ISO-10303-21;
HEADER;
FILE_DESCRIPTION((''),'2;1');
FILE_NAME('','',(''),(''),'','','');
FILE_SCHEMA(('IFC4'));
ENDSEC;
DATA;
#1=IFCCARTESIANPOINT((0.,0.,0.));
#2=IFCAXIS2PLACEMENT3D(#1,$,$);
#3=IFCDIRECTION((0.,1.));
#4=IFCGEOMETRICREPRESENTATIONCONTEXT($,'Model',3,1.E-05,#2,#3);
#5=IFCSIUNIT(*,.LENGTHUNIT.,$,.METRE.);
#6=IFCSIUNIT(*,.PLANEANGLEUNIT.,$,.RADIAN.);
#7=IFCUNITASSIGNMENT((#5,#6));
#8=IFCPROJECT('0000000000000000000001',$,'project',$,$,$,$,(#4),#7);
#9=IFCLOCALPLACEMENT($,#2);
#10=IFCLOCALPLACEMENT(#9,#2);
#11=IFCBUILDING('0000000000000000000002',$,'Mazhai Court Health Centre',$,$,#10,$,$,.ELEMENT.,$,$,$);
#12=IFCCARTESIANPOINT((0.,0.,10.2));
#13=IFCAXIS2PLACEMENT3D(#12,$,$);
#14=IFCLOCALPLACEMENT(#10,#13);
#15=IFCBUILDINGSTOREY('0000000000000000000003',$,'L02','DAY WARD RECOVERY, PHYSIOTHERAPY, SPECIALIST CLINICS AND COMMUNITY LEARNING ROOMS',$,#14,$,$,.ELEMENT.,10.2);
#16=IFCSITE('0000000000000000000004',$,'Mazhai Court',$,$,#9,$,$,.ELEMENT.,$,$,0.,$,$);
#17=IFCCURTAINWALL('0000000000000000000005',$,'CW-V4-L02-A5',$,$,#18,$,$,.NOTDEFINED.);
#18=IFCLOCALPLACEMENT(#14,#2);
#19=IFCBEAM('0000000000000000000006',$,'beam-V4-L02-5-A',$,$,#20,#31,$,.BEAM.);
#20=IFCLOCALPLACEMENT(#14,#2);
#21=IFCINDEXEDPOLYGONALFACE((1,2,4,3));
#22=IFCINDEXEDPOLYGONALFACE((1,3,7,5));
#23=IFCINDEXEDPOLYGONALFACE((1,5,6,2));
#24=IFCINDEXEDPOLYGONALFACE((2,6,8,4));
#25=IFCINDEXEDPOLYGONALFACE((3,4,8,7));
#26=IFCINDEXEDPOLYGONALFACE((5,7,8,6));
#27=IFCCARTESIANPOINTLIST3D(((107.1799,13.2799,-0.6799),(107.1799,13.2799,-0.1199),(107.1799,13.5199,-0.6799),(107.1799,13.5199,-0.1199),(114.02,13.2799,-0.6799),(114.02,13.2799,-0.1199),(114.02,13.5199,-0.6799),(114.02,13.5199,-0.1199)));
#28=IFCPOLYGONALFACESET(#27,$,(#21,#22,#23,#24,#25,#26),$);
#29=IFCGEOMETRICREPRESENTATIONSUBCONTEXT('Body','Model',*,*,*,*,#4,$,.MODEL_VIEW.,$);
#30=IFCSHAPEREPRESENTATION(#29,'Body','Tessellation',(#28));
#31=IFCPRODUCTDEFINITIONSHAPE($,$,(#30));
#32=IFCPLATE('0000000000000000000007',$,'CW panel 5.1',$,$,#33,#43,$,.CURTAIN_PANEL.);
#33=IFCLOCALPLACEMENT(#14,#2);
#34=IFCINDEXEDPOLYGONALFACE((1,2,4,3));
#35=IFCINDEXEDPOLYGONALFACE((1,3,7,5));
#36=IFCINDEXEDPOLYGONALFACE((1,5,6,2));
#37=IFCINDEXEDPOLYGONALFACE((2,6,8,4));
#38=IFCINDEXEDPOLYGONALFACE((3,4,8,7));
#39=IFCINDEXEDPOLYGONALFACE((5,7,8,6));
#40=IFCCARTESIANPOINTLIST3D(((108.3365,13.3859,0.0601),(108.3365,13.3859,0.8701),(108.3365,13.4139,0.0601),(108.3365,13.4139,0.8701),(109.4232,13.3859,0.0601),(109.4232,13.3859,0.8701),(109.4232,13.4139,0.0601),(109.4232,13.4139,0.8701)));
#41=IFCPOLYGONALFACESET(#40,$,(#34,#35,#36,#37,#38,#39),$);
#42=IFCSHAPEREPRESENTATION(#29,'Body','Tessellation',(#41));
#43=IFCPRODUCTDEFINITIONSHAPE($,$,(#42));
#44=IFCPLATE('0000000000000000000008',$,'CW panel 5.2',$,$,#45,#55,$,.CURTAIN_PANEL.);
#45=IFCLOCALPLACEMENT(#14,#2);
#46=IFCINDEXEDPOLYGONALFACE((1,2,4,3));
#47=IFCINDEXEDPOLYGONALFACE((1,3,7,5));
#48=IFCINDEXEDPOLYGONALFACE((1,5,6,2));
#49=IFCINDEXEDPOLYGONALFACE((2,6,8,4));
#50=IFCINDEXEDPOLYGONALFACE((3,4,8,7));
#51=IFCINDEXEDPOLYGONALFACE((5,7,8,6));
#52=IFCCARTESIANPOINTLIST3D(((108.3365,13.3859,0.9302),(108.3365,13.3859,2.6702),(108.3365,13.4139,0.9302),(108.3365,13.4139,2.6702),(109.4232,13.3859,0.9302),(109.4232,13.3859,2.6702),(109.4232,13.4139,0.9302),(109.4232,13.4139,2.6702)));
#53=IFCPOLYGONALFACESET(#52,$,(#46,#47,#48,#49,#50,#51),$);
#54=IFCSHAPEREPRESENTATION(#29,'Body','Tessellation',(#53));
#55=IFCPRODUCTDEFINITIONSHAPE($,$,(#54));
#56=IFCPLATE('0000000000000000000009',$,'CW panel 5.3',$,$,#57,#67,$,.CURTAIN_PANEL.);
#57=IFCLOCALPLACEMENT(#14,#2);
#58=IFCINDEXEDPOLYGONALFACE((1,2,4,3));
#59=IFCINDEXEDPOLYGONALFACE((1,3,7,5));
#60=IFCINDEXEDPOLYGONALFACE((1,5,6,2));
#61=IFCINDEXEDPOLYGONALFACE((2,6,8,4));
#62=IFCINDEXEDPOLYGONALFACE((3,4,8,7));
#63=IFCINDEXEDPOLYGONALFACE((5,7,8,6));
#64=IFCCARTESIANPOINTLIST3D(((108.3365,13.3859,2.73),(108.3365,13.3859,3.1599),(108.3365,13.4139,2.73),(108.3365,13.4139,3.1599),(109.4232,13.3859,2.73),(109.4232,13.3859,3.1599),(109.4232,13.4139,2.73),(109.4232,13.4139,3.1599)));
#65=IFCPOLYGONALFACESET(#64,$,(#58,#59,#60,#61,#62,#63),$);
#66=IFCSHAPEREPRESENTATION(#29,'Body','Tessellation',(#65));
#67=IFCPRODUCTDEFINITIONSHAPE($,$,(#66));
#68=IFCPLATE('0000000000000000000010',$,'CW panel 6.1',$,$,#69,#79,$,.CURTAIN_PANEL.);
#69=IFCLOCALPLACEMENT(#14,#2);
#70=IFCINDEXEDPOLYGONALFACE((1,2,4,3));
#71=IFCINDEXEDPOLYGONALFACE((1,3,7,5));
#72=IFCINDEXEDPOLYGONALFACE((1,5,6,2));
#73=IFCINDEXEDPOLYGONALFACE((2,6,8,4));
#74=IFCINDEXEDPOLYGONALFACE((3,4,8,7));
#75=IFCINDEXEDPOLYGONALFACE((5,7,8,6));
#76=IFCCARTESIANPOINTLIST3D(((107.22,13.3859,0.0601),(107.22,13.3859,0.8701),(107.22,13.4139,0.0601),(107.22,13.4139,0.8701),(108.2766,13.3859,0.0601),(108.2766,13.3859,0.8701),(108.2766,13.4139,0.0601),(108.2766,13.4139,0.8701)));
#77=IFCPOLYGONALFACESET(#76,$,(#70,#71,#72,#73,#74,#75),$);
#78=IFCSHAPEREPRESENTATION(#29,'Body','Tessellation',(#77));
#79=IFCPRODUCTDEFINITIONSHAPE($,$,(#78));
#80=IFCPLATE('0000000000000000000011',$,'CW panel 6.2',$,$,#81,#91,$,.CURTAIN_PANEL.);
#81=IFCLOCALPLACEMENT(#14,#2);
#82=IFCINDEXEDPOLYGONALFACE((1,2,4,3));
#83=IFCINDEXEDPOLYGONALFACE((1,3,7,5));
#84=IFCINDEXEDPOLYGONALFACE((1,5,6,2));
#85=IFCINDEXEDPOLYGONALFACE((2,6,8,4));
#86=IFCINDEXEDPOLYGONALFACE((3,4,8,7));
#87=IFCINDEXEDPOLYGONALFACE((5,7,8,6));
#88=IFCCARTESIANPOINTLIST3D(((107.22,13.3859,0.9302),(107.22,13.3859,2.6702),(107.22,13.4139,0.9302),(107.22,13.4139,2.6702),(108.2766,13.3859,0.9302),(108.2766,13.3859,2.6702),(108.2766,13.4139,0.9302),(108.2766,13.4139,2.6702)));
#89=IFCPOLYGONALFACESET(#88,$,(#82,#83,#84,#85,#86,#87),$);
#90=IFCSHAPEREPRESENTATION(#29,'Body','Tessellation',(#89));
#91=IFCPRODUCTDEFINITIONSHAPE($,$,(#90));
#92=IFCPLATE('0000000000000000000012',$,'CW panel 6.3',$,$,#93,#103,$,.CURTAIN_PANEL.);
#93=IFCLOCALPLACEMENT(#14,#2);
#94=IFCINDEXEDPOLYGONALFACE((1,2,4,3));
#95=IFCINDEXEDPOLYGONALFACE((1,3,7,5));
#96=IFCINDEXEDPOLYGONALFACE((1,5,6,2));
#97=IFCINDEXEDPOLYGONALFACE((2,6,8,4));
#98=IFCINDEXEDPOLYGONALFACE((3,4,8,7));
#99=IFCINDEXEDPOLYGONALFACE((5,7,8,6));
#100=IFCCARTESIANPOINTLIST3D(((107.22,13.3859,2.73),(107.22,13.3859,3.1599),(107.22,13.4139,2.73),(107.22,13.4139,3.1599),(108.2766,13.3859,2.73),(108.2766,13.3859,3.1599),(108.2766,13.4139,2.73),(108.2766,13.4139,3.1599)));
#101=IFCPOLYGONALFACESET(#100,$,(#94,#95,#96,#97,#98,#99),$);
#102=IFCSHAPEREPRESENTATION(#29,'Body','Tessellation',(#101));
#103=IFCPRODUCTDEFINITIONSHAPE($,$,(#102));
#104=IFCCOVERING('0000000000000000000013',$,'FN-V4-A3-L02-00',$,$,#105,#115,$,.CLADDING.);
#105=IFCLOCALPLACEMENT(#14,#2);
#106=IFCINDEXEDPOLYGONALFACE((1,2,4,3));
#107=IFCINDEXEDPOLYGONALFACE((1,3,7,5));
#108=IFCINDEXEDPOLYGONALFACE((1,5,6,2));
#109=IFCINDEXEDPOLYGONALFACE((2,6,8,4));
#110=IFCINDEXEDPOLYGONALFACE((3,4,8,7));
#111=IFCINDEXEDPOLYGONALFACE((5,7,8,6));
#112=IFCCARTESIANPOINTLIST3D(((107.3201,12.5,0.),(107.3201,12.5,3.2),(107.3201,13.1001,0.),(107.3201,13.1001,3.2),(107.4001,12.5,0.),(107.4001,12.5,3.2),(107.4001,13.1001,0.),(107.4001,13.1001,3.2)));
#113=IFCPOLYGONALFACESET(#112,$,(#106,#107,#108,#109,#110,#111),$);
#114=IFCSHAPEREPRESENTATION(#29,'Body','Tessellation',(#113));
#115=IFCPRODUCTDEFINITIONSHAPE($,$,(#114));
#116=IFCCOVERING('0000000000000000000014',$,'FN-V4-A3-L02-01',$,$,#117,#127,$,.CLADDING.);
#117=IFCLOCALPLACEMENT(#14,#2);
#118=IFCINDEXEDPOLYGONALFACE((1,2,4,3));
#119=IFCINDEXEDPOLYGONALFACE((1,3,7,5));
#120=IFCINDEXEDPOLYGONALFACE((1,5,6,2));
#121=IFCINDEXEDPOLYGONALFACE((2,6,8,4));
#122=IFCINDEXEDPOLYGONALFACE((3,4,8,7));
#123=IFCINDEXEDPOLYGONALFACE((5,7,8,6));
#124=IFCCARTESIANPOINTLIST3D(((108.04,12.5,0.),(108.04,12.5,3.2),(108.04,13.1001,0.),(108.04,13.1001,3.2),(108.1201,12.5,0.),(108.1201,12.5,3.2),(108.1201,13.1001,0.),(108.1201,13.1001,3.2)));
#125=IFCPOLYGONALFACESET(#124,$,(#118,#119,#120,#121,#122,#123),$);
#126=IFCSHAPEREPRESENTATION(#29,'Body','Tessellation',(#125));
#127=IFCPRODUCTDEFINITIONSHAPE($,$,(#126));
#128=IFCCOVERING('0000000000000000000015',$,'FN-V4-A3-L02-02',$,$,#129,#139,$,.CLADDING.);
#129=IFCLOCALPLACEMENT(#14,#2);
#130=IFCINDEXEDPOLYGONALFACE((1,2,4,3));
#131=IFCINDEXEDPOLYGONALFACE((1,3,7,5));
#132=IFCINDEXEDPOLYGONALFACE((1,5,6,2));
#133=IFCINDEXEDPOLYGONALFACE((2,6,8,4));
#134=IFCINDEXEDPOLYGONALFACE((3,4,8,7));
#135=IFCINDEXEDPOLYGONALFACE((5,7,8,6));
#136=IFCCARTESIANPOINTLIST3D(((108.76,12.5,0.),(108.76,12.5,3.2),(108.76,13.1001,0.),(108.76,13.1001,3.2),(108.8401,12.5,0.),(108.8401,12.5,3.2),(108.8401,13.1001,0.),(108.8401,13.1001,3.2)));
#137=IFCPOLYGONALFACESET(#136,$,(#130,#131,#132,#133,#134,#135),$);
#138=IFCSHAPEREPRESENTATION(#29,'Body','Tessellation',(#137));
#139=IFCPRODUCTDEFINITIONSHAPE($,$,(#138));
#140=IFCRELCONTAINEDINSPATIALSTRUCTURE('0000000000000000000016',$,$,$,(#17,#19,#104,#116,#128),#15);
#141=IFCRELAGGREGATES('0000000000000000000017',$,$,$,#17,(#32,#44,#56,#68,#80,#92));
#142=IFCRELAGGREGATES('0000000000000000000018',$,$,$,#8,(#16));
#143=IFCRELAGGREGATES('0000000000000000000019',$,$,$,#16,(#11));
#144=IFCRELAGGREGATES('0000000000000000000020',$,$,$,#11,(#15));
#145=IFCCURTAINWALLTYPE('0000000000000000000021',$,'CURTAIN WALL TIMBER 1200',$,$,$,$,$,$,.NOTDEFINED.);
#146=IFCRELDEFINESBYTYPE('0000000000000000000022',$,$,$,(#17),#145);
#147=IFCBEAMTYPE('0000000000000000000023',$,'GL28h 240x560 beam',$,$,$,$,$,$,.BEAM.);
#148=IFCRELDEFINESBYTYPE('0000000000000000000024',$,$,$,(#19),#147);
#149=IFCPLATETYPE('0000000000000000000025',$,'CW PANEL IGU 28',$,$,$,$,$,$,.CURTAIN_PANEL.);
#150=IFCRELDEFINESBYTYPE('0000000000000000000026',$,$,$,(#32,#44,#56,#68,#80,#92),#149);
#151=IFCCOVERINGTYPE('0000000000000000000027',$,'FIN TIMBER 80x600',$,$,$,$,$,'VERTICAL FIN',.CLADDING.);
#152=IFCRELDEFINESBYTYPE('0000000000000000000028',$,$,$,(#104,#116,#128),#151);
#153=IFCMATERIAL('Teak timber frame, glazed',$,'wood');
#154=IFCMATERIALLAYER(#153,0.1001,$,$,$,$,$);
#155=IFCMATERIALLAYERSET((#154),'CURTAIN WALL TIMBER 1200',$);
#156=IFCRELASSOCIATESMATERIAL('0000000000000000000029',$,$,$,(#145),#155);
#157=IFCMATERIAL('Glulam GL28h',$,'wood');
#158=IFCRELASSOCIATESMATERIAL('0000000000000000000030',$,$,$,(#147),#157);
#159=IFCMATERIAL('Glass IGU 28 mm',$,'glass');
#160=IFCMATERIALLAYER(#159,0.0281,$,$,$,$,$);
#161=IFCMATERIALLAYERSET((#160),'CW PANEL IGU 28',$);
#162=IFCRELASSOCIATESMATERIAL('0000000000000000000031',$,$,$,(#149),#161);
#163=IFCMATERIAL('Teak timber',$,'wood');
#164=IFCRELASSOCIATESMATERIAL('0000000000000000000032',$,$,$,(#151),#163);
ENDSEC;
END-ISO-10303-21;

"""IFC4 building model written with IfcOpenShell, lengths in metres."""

from ifc_helpers import new_model, si_unit, direction, frame, origin, origin_2d, place, context, subcontext, project, spatial, rectangle, extrude, material, layer, layer_set, material_profile, profile_set, type_object, element, aggregate, save


model = new_model("IFC4")

# Units and contexts
model_context = context("Model", 3, precision=1e-05, world=origin(), true_north=direction((0.0, 1.0)))
body_context = subcontext(model_context, "Body", "Model", "MODEL_VIEW")
ifc_project = project(units=[si_unit("LENGTHUNIT", "METRE"), si_unit("PLANEANGLEUNIT", "RADIAN")], contexts=[model_context])

# Site, building, storey
site_placement = place(None, origin())
site = spatial("IfcSite", under=ifc_project, at=site_placement, Name="Mazhai Court", CompositionType="ELEMENT", RefElevation=0.0)
building_placement = place(site_placement, origin())
building = spatial("IfcBuilding", under=site, at=building_placement, Name="Mazhai Court Health Centre", CompositionType="ELEMENT")
storey_placement = place(building_placement, frame((0.0, 0.0, 10.2)))
storey = spatial("IfcBuildingStorey", under=building, at=storey_placement, Name="L02", Description="DAY WARD RECOVERY, PHYSIOTHERAPY, SPECIALIST CLINICS AND COMMUNITY LEARNING ROOMS", CompositionType="ELEMENT", Elevation=10.2)

# Curtain wall
ifc_material_1 = material(Name="Teak timber frame, glazed", Category="wood")
ifc_layer_1 = layer(ifc_material_1, 0.1001)
ifc_layer_set_1 = layer_set([ifc_layer_1], Name="CURTAIN WALL TIMBER 1200")
curtain_wall_type = type_object("IfcCurtainWallType", Name="CURTAIN WALL TIMBER 1200", PredefinedType="NOTDEFINED", material=ifc_layer_set_1)
curtain_wall_1_placement = place(storey_placement, origin())
curtain_wall_1 = element("IfcCurtainWall", 1, at=curtain_wall_1_placement, inside=storey, type_object=curtain_wall_type, Name="CW-V4-L02-A5", PredefinedType="NOTDEFINED")

# Beam
ifc_material_2 = material(Name="Glulam GL28h", Category="wood")
ifc_material_profile_1 = material_profile(ifc_material_2, rectangle(XDim=0.24, YDim=0.5601, at=origin_2d()), Name="GL28h 240x560")
ifc_profile_set_1 = profile_set([ifc_material_profile_1], Name="Glulam GL28h")
beam_type_1 = type_object("IfcBeamType", Name="GL28h 240x560 beam", PredefinedType="BEAM", material=ifc_profile_set_1)
beam_placement = place(storey_placement, frame((107.1799, 13.3999, -0.3999), z_axis=(1.0, 0.0, 0.0), x_axis=(0.0, 1.0, 0.0)))
element("IfcBeam", 2, at=beam_placement, inside=storey, type_object=beam_type_1, Name="beam-V4-L02-5-A", PredefinedType="BEAM", context=body_context, shape_type="SweptSolid", body=[
    extrude(rectangle(XDim=0.24, YDim=0.5601, at=origin_2d()), origin(), (0.0, 0.0, 1.0), 6.8401),
])

# Plates
ifc_material_3 = material(Name="Glass IGU 28 mm", Category="glass")
ifc_layer_2 = layer(ifc_material_3, 0.0281)
ifc_layer_set_2 = layer_set([ifc_layer_2], Name="CW PANEL IGU 28")
plate_type = type_object("IfcPlateType", Name="CW PANEL IGU 28", PredefinedType="CURTAIN_PANEL", material=ifc_layer_set_2)
plate_1_placement = place(storey_placement, frame((108.8799, 13.3999, 0.0601), z_axis=(0.0, 0.0, 1.0), x_axis=(-1.0, 0.0, 0.0)))
plate_1 = element("IfcPlate", 3, at=plate_1_placement, type_object=plate_type, Name="CW panel 5.1", PredefinedType="CURTAIN_PANEL", context=body_context, shape_type="SweptSolid", body=[
    extrude(rectangle(XDim=1.0867, YDim=0.0281, at=origin_2d()), origin(), (0.0, 0.0, 1.0), 0.8101),
])
plate_2_placement = place(storey_placement, frame((108.8799, 13.3999, 0.9302), z_axis=(0.0, 0.0, 1.0), x_axis=(-1.0, 0.0, 0.0)))
plate_2 = element("IfcPlate", 4, at=plate_2_placement, type_object=plate_type, Name="CW panel 5.2", PredefinedType="CURTAIN_PANEL", context=body_context, shape_type="SweptSolid", body=[
    extrude(rectangle(XDim=1.0867, YDim=0.0281, at=origin_2d()), origin(), (0.0, 0.0, 1.0), 1.74),
])
plate_3_placement = place(storey_placement, frame((108.8799, 13.3999, 2.73), z_axis=(0.0, 0.0, 1.0), x_axis=(-1.0, 0.0, 0.0)))
plate_3 = element("IfcPlate", 5, at=plate_3_placement, type_object=plate_type, Name="CW panel 5.3", PredefinedType="CURTAIN_PANEL", context=body_context, shape_type="SweptSolid", body=[
    extrude(rectangle(XDim=1.0867, YDim=0.0281, at=origin_2d()), origin(), (0.0, 0.0, 1.0), 0.4299),
])
plate_4_placement = place(storey_placement, frame((107.7483, 13.3999, 0.0601), z_axis=(0.0, 0.0, 1.0), x_axis=(-1.0, 0.0, 0.0)))
plate_4 = element("IfcPlate", 6, at=plate_4_placement, type_object=plate_type, Name="CW panel 6.1", PredefinedType="CURTAIN_PANEL", context=body_context, shape_type="SweptSolid", body=[
    extrude(rectangle(XDim=1.0566, YDim=0.0281, at=origin_2d()), origin(), (0.0, 0.0, 1.0), 0.8101),
])
plate_5_placement = place(storey_placement, frame((107.7483, 13.3999, 0.9302), z_axis=(0.0, 0.0, 1.0), x_axis=(-1.0, 0.0, 0.0)))
plate_5 = element("IfcPlate", 7, at=plate_5_placement, type_object=plate_type, Name="CW panel 6.2", PredefinedType="CURTAIN_PANEL", context=body_context, shape_type="SweptSolid", body=[
    extrude(rectangle(XDim=1.0566, YDim=0.0281, at=origin_2d()), origin(), (0.0, 0.0, 1.0), 1.74),
])
plate_6_placement = place(storey_placement, frame((107.7483, 13.3999, 2.73), z_axis=(0.0, 0.0, 1.0), x_axis=(-1.0, 0.0, 0.0)))
plate_6 = element("IfcPlate", 8, at=plate_6_placement, type_object=plate_type, Name="CW panel 6.3", PredefinedType="CURTAIN_PANEL", context=body_context, shape_type="SweptSolid", body=[
    extrude(rectangle(XDim=1.0566, YDim=0.0281, at=origin_2d()), origin(), (0.0, 0.0, 1.0), 0.4299),
])
aggregate(curtain_wall_1, [plate_1, plate_2, plate_3, plate_4, plate_5, plate_6])

# Coverings
ifc_material_4 = material(Name="Teak timber", Category="wood")
covering_type = type_object("IfcCoveringType", Name="FIN TIMBER 80x600", ElementType="VERTICAL FIN", PredefinedType="CLADDING", material=ifc_material_4)
for number, where, z_axis, x_axis, name in (
    (9, (107.3601, 12.8, 0.0), (0.0, 0.0, 1.0), (1.0, 0.0, 0.0), "FN-V4-A3-L02-00"),
    (10, (108.0801, 12.8, 0.0), (0.0, 0.0, 1.0), (1.0, 0.0, 0.0), "FN-V4-A3-L02-01"),
    (11, (108.8, 12.8, 0.0), (0.0, 0.0, 1.0), (1.0, 0.0, 0.0), "FN-V4-A3-L02-02"),
):
    element("IfcCovering", number, at=place(storey_placement, frame(where, z_axis=z_axis, x_axis=x_axis)), inside=storey, type_object=covering_type, Name=name, PredefinedType="CLADDING", context=body_context, shape_type="SweptSolid", body=[
        extrude(rectangle(XDim=0.0801, YDim=0.6001, at=origin_2d()), origin(), (0.0, 0.0, 1.0), 3.2),
    ])

save(model, "model.ifc")
